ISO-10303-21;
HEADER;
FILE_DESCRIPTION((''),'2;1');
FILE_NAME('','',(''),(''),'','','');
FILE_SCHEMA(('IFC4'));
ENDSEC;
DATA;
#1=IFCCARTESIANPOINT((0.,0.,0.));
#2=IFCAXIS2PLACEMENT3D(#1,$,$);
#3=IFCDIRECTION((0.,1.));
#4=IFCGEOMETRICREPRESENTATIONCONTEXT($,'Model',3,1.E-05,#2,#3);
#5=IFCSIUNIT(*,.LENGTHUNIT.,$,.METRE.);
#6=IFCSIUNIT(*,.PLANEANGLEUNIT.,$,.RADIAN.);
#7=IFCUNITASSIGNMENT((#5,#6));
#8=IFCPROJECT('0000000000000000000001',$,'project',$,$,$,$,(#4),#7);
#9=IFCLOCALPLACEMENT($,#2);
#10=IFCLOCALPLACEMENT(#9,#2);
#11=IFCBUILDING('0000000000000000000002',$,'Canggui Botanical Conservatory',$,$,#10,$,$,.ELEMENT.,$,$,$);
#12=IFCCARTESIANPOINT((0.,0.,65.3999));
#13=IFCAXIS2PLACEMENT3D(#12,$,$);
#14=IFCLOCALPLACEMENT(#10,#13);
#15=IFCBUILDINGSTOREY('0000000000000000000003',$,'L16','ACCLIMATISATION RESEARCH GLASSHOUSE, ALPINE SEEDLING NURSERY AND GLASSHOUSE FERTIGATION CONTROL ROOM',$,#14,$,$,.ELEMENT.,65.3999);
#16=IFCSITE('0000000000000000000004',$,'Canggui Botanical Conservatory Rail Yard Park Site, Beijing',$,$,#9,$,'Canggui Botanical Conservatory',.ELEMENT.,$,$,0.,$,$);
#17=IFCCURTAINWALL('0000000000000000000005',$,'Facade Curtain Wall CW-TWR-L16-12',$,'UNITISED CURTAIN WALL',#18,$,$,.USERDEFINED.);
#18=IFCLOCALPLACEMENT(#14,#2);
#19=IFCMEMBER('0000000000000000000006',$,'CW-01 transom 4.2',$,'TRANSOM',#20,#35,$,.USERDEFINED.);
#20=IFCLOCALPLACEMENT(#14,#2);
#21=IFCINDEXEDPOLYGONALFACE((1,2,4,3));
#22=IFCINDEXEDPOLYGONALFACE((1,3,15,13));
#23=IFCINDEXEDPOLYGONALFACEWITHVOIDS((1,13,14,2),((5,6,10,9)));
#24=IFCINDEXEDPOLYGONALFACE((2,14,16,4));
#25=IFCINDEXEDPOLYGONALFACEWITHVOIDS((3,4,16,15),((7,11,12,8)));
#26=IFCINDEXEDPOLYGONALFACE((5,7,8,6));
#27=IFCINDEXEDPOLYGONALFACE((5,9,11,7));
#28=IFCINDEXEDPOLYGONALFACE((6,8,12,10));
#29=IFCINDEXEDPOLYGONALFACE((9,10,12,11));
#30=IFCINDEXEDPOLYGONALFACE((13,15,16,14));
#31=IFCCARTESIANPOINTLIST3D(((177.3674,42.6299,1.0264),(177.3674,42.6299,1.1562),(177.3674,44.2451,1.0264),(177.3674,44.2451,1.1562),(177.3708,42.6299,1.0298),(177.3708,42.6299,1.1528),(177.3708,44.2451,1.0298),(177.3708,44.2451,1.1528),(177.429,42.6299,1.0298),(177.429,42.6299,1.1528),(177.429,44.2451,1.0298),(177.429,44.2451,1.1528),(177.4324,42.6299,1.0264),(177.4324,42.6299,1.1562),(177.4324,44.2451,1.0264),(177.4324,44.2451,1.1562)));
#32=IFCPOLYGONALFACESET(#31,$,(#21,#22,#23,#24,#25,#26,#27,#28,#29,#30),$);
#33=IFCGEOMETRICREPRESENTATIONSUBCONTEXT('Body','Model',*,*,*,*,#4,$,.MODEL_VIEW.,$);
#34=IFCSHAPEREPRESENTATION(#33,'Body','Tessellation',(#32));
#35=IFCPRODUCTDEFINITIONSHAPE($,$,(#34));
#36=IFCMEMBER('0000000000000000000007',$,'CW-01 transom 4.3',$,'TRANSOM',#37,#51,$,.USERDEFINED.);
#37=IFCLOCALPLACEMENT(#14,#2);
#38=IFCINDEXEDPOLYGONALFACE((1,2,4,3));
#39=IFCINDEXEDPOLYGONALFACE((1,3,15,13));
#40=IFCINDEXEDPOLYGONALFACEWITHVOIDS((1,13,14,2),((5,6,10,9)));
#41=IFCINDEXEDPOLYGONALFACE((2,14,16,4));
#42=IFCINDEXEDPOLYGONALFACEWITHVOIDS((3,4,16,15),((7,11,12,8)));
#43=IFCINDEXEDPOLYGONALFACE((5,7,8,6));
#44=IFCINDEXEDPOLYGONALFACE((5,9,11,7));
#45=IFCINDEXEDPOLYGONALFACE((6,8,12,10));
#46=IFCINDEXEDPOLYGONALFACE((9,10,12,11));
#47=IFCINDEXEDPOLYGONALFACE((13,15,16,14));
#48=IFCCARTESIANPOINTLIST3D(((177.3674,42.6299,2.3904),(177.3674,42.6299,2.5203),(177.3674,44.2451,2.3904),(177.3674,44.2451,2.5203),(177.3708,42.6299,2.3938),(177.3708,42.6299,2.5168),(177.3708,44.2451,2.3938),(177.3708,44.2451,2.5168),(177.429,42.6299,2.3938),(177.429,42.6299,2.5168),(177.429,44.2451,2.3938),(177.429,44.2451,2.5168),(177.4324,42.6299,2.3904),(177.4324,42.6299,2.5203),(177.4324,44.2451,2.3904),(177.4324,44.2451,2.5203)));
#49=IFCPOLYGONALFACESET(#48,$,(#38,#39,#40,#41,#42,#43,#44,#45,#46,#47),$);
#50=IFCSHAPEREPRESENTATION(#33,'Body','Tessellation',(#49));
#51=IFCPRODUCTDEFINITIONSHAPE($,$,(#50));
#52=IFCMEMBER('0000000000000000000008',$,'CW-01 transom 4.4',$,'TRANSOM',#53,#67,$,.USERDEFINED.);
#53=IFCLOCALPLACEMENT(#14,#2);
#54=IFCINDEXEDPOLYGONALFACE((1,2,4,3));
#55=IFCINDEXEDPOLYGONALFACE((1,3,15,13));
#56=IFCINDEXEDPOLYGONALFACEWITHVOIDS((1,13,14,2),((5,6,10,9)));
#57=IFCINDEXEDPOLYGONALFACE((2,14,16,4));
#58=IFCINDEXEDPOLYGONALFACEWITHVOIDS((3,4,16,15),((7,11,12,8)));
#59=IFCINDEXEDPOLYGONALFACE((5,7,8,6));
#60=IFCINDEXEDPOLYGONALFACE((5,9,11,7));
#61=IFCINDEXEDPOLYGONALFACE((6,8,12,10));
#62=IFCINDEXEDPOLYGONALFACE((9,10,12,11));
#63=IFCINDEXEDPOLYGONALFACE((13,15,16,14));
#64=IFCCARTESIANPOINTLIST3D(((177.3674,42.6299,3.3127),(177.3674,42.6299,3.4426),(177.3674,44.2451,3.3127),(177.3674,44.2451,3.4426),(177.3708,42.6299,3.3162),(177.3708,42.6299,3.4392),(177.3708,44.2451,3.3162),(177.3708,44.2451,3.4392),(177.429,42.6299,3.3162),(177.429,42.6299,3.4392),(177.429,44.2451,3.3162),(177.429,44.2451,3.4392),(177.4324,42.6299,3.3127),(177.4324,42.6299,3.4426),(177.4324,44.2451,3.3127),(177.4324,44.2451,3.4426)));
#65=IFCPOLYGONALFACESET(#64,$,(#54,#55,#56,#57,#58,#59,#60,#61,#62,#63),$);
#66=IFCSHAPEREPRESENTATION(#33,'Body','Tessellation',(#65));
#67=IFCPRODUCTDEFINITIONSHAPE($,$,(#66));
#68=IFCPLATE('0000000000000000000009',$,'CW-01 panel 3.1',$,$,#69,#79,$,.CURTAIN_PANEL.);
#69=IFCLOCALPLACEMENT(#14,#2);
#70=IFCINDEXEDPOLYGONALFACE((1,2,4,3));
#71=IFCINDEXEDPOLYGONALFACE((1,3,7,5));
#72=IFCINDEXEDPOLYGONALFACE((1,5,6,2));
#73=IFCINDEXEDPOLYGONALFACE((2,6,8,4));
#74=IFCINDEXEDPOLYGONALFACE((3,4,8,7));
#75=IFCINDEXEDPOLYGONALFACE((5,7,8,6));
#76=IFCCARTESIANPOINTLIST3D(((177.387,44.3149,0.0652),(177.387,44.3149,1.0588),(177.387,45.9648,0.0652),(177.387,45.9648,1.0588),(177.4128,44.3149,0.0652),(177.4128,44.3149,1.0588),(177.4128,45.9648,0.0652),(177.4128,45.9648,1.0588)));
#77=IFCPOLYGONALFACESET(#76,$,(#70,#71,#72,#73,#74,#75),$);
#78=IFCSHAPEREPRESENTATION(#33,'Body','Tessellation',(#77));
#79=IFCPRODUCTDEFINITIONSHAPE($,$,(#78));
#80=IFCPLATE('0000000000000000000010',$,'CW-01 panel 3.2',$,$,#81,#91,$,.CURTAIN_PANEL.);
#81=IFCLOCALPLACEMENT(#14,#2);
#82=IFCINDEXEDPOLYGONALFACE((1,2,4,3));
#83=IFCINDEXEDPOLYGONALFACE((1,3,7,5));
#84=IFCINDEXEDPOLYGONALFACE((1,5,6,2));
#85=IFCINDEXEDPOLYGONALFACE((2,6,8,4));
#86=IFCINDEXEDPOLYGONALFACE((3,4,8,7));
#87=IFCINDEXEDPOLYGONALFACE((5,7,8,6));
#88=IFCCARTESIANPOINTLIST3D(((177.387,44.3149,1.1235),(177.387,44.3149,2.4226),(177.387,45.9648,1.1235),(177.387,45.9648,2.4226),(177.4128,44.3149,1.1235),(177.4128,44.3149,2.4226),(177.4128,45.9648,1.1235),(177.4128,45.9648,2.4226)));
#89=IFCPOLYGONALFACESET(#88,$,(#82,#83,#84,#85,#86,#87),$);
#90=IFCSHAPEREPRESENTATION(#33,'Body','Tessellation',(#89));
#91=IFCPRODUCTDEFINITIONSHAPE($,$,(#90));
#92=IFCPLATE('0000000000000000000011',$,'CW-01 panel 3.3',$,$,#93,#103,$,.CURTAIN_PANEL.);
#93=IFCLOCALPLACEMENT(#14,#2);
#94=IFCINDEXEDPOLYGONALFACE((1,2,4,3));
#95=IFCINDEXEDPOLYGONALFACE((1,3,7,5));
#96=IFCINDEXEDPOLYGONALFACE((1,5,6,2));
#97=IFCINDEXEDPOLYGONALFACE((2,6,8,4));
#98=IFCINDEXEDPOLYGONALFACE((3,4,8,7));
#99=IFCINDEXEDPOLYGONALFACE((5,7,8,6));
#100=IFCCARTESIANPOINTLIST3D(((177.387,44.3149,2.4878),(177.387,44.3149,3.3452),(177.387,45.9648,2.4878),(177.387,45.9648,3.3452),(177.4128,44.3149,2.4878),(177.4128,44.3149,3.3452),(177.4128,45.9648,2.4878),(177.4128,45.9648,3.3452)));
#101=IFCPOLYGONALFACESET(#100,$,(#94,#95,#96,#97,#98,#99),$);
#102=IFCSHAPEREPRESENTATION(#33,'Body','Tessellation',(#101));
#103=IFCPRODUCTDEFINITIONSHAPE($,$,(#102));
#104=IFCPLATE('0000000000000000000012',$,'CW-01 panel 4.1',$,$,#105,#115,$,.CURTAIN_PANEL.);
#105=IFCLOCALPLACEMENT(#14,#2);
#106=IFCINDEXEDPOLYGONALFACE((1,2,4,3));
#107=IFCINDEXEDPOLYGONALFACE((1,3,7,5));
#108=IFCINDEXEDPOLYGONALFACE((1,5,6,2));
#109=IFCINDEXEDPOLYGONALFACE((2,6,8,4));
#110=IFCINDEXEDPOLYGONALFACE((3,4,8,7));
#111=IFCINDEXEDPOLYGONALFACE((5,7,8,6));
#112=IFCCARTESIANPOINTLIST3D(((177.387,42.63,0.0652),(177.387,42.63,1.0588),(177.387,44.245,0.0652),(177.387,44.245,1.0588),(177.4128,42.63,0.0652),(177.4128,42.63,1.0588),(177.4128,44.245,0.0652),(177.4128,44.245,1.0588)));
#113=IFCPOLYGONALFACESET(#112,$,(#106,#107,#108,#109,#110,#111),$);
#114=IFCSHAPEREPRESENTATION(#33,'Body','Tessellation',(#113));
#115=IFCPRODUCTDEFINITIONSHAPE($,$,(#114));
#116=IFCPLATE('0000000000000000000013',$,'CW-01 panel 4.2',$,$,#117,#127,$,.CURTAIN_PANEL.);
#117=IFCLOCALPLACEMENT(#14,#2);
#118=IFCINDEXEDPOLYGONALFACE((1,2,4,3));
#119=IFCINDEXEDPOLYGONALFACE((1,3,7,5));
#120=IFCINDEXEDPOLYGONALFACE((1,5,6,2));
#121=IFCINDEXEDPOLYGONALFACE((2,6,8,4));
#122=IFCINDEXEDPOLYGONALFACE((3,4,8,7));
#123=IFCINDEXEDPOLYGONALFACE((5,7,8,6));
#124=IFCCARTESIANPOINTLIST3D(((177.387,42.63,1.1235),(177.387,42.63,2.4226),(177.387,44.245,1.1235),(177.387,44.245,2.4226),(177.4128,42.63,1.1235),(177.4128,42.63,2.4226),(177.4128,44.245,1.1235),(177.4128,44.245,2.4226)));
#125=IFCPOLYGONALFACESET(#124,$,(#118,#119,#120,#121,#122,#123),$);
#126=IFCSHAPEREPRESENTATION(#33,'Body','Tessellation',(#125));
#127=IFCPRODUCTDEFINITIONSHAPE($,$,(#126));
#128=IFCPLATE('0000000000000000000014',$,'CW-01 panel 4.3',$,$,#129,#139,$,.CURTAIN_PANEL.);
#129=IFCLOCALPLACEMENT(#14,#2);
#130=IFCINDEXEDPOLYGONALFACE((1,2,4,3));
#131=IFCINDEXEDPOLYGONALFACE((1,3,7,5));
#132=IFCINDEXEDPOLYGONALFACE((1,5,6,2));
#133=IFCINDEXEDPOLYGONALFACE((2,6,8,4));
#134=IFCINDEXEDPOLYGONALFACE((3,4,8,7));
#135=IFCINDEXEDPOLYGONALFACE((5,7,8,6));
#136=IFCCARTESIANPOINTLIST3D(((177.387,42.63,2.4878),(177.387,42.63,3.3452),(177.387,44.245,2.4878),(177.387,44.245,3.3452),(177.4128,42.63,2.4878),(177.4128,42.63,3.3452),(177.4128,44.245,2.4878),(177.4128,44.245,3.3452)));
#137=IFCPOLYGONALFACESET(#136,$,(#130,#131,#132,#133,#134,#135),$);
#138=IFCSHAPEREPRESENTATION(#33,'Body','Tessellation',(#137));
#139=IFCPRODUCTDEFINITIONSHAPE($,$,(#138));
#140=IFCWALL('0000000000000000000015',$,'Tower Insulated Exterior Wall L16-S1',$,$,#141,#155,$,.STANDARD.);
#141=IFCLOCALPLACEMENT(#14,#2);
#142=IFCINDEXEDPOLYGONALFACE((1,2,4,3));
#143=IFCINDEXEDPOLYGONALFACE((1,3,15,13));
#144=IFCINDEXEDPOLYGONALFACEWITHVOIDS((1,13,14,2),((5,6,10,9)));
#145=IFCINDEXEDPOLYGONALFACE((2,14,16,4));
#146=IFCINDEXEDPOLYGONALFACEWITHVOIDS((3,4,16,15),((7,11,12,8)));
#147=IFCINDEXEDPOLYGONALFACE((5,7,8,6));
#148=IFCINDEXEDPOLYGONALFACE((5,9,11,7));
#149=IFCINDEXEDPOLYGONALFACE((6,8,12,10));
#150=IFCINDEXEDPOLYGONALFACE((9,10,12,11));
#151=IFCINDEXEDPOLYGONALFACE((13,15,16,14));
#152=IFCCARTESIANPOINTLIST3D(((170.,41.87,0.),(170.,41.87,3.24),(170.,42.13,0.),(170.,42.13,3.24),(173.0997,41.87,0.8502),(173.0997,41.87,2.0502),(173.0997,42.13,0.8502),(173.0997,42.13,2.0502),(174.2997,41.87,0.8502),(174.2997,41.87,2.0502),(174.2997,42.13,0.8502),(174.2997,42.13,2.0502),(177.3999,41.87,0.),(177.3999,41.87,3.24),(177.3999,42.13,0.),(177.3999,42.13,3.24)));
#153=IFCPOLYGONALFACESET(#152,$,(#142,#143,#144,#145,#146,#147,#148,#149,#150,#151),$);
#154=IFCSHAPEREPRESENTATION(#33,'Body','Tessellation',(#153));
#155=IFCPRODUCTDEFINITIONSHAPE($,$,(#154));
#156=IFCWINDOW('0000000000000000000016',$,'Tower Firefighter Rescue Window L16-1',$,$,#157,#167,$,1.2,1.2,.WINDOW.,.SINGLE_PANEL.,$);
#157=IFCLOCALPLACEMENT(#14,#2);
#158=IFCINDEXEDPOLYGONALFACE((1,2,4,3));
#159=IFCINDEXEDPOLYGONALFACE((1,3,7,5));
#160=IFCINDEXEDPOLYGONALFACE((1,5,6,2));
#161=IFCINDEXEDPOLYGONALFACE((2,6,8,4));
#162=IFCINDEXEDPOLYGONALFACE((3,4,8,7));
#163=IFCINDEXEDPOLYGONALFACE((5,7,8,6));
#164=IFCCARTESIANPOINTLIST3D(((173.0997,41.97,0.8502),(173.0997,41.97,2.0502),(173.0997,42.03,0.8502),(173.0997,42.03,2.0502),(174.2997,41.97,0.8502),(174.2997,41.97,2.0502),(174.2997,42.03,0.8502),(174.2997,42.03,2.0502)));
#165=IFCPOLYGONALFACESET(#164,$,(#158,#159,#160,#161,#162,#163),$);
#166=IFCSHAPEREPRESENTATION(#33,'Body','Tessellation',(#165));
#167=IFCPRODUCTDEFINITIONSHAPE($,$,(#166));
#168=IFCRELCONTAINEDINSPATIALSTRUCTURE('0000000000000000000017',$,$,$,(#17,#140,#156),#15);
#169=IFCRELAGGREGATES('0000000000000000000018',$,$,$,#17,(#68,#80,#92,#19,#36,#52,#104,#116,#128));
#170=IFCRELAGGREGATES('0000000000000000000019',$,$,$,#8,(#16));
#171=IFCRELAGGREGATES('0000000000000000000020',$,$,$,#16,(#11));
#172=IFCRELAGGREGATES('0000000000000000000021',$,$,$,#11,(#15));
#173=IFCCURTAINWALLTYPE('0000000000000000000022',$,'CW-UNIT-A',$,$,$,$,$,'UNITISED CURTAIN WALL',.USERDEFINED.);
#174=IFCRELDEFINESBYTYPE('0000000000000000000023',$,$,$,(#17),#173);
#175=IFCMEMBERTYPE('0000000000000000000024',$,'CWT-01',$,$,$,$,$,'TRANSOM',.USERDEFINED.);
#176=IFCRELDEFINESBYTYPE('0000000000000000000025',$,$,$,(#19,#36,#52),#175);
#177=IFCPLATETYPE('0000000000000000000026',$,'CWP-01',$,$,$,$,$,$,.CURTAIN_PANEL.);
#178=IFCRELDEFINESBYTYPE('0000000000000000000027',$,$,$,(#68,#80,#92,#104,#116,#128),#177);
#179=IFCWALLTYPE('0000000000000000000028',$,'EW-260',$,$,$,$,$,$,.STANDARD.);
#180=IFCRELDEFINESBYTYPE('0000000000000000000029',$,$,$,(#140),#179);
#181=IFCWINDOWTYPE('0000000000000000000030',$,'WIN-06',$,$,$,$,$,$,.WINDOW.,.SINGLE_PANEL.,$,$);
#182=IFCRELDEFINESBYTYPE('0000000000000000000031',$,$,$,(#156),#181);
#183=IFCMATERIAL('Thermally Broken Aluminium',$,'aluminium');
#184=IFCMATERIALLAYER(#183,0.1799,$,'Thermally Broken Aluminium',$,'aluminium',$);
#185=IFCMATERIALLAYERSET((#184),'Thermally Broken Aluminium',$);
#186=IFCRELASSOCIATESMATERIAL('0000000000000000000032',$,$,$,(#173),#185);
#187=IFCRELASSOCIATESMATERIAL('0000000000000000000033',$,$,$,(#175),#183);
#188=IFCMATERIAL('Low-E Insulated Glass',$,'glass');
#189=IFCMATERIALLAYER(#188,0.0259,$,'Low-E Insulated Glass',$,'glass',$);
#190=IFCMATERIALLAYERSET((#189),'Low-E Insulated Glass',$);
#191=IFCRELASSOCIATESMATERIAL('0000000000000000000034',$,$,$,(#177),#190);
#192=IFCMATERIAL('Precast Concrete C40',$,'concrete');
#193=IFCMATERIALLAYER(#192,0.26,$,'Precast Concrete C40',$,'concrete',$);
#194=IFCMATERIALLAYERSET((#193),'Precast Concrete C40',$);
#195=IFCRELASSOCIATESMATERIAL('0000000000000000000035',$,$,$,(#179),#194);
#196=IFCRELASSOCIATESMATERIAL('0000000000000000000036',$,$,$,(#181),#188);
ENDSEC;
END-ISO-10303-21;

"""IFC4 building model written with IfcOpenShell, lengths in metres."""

from ifc_helpers import new_model, si_unit, direction, frame, frame_2d, origin, origin_2d, place, context, subcontext, project, spatial, rectangle, hollow_rectangle, extrude, material, layer, layer_set, material_profile, profile_set, type_object, element, fill, aggregate, save


model = new_model("IFC4")

# Units and contexts
model_context = context("Model", 3, precision=1e-05, world=origin(), true_north=direction((0.0, 1.0)))
body_context = subcontext(model_context, "Body", "Model", "MODEL_VIEW")
ifc_project = project(units=[si_unit("LENGTHUNIT", "METRE"), si_unit("PLANEANGLEUNIT", "RADIAN")], contexts=[model_context])

# Site, building, storey
site_placement = place(None, origin())
site = spatial("IfcSite", under=ifc_project, at=site_placement, Name="Canggui Botanical Conservatory Rail Yard Park Site, Beijing", LongName="Canggui Botanical Conservatory", CompositionType="ELEMENT", RefElevation=0.0)
building_placement = place(site_placement, origin())
building = spatial("IfcBuilding", under=site, at=building_placement, Name="Canggui Botanical Conservatory", CompositionType="ELEMENT")
storey_placement = place(building_placement, frame((0.0, 0.0, 65.3999)))
storey = spatial("IfcBuildingStorey", under=building, at=storey_placement, Name="L16", Description="ACCLIMATISATION RESEARCH GLASSHOUSE, ALPINE SEEDLING NURSERY AND GLASSHOUSE FERTIGATION CONTROL ROOM", CompositionType="ELEMENT", Elevation=65.3999)

# Curtain wall, members, plates
ifc_material_1 = material(Name="Thermally Broken Aluminium", Category="aluminium")
ifc_layer_1 = layer(ifc_material_1, 0.1799, Name="Thermally Broken Aluminium", Category="aluminium")
ifc_layer_set_1 = layer_set([ifc_layer_1], Name="Thermally Broken Aluminium")
curtain_wall_type = type_object("IfcCurtainWallType", Name="CW-UNIT-A", ElementType="UNITISED CURTAIN WALL", PredefinedType="USERDEFINED", material=ifc_layer_set_1)
curtain_wall_placement = place(storey_placement, origin())
curtain_wall = element("IfcCurtainWall", 1, at=curtain_wall_placement, inside=storey, type_object=curtain_wall_type, Name="Facade Curtain Wall CW-TWR-L16-12", ObjectType="UNITISED CURTAIN WALL", PredefinedType="USERDEFINED")
ifc_material_profile_1 = material_profile(ifc_material_1, hollow_rectangle(XDim=0.0649, YDim=0.1299, WallThickness=0.0034, at=origin_2d()), Name="CWT 65x130x3.5")
ifc_profile_set_1 = profile_set([ifc_material_profile_1], Name="Thermally Broken Aluminium")
member_type_1 = type_object("IfcMemberType", Name="CWT-01", ElementType="TRANSOM", PredefinedType="USERDEFINED", material=ifc_profile_set_1)
member_1_placement = place(storey_placement, frame((177.3999, 44.2451, 1.0913), z_axis=(0.0, -1.0, 0.0), x_axis=(1.0, 0.0, 0.0)))
member_1 = element("IfcMember", 2, at=member_1_placement, type_object=member_type_1, Name="CW-01 transom 4.2", ObjectType="TRANSOM", PredefinedType="USERDEFINED", context=body_context, shape_type="SweptSolid", body=[
    extrude(hollow_rectangle(XDim=0.0649, YDim=0.1299, WallThickness=0.0034, at=origin_2d()), origin(), (0.0, 0.0, 1.0), 1.6152),
])
member_2_placement = place(storey_placement, frame((177.3999, 44.2451, 2.4553), z_axis=(0.0, -1.0, 0.0), x_axis=(1.0, 0.0, 0.0)))
member_2 = element("IfcMember", 3, at=member_2_placement, type_object=member_type_1, Name="CW-01 transom 4.3", ObjectType="TRANSOM", PredefinedType="USERDEFINED", context=body_context, shape_type="SweptSolid", body=[
    extrude(hollow_rectangle(XDim=0.0649, YDim=0.1299, WallThickness=0.0034, at=origin_2d()), origin(), (0.0, 0.0, 1.0), 1.6152),
])
member_3_placement = place(storey_placement, frame((177.3999, 44.2451, 3.3777), z_axis=(0.0, -1.0, 0.0), x_axis=(1.0, 0.0, 0.0)))
member_3 = element("IfcMember", 4, at=member_3_placement, type_object=member_type_1, Name="CW-01 transom 4.4", ObjectType="TRANSOM", PredefinedType="USERDEFINED", context=body_context, shape_type="SweptSolid", body=[
    extrude(hollow_rectangle(XDim=0.0649, YDim=0.1299, WallThickness=0.0034, at=origin_2d()), origin(), (0.0, 0.0, 1.0), 1.6152),
])
ifc_material_2 = material(Name="Low-E Insulated Glass", Category="glass")
ifc_layer_2 = layer(ifc_material_2, 0.0259, Name="Low-E Insulated Glass", Category="glass")
ifc_layer_set_2 = layer_set([ifc_layer_2], Name="Low-E Insulated Glass")
plate_type = type_object("IfcPlateType", Name="CWP-01", PredefinedType="CURTAIN_PANEL", material=ifc_layer_set_2)
plate_1_placement = place(storey_placement, frame((177.3999, 45.1399, 0.0652), z_axis=(0.0, 0.0, 1.0), x_axis=(0.0, -1.0, 0.0)))
plate_1 = element("IfcPlate", 5, at=plate_1_placement, type_object=plate_type, Name="CW-01 panel 3.1", PredefinedType="CURTAIN_PANEL", context=body_context, shape_type="SweptSolid", body=[
    extrude(rectangle(XDim=1.6499, YDim=0.0259, at=origin_2d()), origin(), (0.0, 0.0, 1.0), 0.9937),
])
plate_2_placement = place(storey_placement, frame((177.3999, 45.1399, 1.1235), z_axis=(0.0, 0.0, 1.0), x_axis=(0.0, -1.0, 0.0)))
plate_2 = element("IfcPlate", 6, at=plate_2_placement, type_object=plate_type, Name="CW-01 panel 3.2", PredefinedType="CURTAIN_PANEL", context=body_context, shape_type="SweptSolid", body=[
    extrude(rectangle(XDim=1.6499, YDim=0.0259, at=origin_2d()), origin(), (0.0, 0.0, 1.0), 1.2991),
])
plate_3_placement = place(storey_placement, frame((177.3999, 45.1399, 2.4878), z_axis=(0.0, 0.0, 1.0), x_axis=(0.0, -1.0, 0.0)))
plate_3 = element("IfcPlate", 7, at=plate_3_placement, type_object=plate_type, Name="CW-01 panel 3.3", PredefinedType="CURTAIN_PANEL", context=body_context, shape_type="SweptSolid", body=[
    extrude(rectangle(XDim=1.6499, YDim=0.0259, at=origin_2d()), origin(), (0.0, 0.0, 1.0), 0.8574),
])
plate_4_placement = place(storey_placement, frame((177.3999, 43.4375, 0.0652), z_axis=(0.0, 0.0, 1.0), x_axis=(0.0, -1.0, 0.0)))
plate_4 = element("IfcPlate", 8, at=plate_4_placement, type_object=plate_type, Name="CW-01 panel 4.1", PredefinedType="CURTAIN_PANEL", context=body_context, shape_type="SweptSolid", body=[
    extrude(rectangle(XDim=1.615, YDim=0.0259, at=origin_2d()), origin(), (0.0, 0.0, 1.0), 0.9937),
])
plate_5_placement = place(storey_placement, frame((177.3999, 43.4375, 1.1235), z_axis=(0.0, 0.0, 1.0), x_axis=(0.0, -1.0, 0.0)))
plate_5 = element("IfcPlate", 9, at=plate_5_placement, type_object=plate_type, Name="CW-01 panel 4.2", PredefinedType="CURTAIN_PANEL", context=body_context, shape_type="SweptSolid", body=[
    extrude(rectangle(XDim=1.615, YDim=0.0259, at=origin_2d()), origin(), (0.0, 0.0, 1.0), 1.2991),
])
plate_6_placement = place(storey_placement, frame((177.3999, 43.4375, 2.4878), z_axis=(0.0, 0.0, 1.0), x_axis=(0.0, -1.0, 0.0)))
plate_6 = element("IfcPlate", 10, at=plate_6_placement, type_object=plate_type, Name="CW-01 panel 4.3", PredefinedType="CURTAIN_PANEL", context=body_context, shape_type="SweptSolid", body=[
    extrude(rectangle(XDim=1.615, YDim=0.0259, at=origin_2d()), origin(), (0.0, 0.0, 1.0), 0.8574),
])
aggregate(curtain_wall, [plate_1, plate_2, plate_3, member_1, member_2, member_3, plate_4, plate_5, plate_6])

# Wall, opening, window
ifc_material_3 = material(Name="Precast Concrete C40", Category="concrete")
ifc_layer_3 = layer(ifc_material_3, 0.26, Name="Precast Concrete C40", Category="concrete")
ifc_layer_set_3 = layer_set([ifc_layer_3], Name="Precast Concrete C40")
wall_type = type_object("IfcWallType", Name="EW-260", PredefinedType="STANDARD", material=ifc_layer_set_3)
wall_placement = place(storey_placement, frame((177.3999, 42.0, 0.0), z_axis=(0.0, 0.0, 1.0), x_axis=(-1.0, 0.0, 0.0)))
wall = element("IfcWall", 11, at=wall_placement, inside=storey, type_object=wall_type, Name="Tower Insulated Exterior Wall L16-S1", PredefinedType="STANDARD", context=body_context, shape_type="SweptSolid", body=[
    extrude(rectangle(XDim=7.3999, YDim=0.26, at=frame_2d((3.7, 0.0))), origin(), (0.0, 0.0, 1.0), 3.24),
])
opening_placement = place(wall_placement, frame((3.1001, 0.0, 0.8501)))
opening = element("IfcOpeningElement", 12, at=opening_placement, cuts=wall, PredefinedType="OPENING", context=body_context, shape_type="SweptSolid", body=[
    extrude(rectangle(XDim=1.2, YDim=1.2, at=frame_2d((0.6001, 0.6001))), frame((0.0, 0.1401, 0.0), z_axis=(0.0, -1.0, 0.0), x_axis=(1.0, 0.0, 0.0)), (0.0, 0.0, 1.0), 0.28),
])
window_type = type_object("IfcWindowType", Name="WIN-06", PartitioningType="SINGLE_PANEL", PredefinedType="WINDOW", material=ifc_material_2)
window_placement = place(opening_placement, origin())
window = element("IfcWindow", 13, at=window_placement, inside=storey, type_object=window_type, Name="Tower Firefighter Rescue Window L16-1", OverallHeight=1.2, OverallWidth=1.2, PartitioningType="SINGLE_PANEL", PredefinedType="WINDOW", context=body_context, shape_type="SweptSolid", body=[
    extrude(rectangle(XDim=1.2, YDim=1.2, at=frame_2d((0.6001, 0.6001))), frame((0.0, 0.03, 0.0), z_axis=(0.0, -1.0, 0.0), x_axis=(1.0, 0.0, 0.0)), (0.0, 0.0, 1.0), 0.0601),
])
fill(opening, window)

save(model, "model.ifc")
